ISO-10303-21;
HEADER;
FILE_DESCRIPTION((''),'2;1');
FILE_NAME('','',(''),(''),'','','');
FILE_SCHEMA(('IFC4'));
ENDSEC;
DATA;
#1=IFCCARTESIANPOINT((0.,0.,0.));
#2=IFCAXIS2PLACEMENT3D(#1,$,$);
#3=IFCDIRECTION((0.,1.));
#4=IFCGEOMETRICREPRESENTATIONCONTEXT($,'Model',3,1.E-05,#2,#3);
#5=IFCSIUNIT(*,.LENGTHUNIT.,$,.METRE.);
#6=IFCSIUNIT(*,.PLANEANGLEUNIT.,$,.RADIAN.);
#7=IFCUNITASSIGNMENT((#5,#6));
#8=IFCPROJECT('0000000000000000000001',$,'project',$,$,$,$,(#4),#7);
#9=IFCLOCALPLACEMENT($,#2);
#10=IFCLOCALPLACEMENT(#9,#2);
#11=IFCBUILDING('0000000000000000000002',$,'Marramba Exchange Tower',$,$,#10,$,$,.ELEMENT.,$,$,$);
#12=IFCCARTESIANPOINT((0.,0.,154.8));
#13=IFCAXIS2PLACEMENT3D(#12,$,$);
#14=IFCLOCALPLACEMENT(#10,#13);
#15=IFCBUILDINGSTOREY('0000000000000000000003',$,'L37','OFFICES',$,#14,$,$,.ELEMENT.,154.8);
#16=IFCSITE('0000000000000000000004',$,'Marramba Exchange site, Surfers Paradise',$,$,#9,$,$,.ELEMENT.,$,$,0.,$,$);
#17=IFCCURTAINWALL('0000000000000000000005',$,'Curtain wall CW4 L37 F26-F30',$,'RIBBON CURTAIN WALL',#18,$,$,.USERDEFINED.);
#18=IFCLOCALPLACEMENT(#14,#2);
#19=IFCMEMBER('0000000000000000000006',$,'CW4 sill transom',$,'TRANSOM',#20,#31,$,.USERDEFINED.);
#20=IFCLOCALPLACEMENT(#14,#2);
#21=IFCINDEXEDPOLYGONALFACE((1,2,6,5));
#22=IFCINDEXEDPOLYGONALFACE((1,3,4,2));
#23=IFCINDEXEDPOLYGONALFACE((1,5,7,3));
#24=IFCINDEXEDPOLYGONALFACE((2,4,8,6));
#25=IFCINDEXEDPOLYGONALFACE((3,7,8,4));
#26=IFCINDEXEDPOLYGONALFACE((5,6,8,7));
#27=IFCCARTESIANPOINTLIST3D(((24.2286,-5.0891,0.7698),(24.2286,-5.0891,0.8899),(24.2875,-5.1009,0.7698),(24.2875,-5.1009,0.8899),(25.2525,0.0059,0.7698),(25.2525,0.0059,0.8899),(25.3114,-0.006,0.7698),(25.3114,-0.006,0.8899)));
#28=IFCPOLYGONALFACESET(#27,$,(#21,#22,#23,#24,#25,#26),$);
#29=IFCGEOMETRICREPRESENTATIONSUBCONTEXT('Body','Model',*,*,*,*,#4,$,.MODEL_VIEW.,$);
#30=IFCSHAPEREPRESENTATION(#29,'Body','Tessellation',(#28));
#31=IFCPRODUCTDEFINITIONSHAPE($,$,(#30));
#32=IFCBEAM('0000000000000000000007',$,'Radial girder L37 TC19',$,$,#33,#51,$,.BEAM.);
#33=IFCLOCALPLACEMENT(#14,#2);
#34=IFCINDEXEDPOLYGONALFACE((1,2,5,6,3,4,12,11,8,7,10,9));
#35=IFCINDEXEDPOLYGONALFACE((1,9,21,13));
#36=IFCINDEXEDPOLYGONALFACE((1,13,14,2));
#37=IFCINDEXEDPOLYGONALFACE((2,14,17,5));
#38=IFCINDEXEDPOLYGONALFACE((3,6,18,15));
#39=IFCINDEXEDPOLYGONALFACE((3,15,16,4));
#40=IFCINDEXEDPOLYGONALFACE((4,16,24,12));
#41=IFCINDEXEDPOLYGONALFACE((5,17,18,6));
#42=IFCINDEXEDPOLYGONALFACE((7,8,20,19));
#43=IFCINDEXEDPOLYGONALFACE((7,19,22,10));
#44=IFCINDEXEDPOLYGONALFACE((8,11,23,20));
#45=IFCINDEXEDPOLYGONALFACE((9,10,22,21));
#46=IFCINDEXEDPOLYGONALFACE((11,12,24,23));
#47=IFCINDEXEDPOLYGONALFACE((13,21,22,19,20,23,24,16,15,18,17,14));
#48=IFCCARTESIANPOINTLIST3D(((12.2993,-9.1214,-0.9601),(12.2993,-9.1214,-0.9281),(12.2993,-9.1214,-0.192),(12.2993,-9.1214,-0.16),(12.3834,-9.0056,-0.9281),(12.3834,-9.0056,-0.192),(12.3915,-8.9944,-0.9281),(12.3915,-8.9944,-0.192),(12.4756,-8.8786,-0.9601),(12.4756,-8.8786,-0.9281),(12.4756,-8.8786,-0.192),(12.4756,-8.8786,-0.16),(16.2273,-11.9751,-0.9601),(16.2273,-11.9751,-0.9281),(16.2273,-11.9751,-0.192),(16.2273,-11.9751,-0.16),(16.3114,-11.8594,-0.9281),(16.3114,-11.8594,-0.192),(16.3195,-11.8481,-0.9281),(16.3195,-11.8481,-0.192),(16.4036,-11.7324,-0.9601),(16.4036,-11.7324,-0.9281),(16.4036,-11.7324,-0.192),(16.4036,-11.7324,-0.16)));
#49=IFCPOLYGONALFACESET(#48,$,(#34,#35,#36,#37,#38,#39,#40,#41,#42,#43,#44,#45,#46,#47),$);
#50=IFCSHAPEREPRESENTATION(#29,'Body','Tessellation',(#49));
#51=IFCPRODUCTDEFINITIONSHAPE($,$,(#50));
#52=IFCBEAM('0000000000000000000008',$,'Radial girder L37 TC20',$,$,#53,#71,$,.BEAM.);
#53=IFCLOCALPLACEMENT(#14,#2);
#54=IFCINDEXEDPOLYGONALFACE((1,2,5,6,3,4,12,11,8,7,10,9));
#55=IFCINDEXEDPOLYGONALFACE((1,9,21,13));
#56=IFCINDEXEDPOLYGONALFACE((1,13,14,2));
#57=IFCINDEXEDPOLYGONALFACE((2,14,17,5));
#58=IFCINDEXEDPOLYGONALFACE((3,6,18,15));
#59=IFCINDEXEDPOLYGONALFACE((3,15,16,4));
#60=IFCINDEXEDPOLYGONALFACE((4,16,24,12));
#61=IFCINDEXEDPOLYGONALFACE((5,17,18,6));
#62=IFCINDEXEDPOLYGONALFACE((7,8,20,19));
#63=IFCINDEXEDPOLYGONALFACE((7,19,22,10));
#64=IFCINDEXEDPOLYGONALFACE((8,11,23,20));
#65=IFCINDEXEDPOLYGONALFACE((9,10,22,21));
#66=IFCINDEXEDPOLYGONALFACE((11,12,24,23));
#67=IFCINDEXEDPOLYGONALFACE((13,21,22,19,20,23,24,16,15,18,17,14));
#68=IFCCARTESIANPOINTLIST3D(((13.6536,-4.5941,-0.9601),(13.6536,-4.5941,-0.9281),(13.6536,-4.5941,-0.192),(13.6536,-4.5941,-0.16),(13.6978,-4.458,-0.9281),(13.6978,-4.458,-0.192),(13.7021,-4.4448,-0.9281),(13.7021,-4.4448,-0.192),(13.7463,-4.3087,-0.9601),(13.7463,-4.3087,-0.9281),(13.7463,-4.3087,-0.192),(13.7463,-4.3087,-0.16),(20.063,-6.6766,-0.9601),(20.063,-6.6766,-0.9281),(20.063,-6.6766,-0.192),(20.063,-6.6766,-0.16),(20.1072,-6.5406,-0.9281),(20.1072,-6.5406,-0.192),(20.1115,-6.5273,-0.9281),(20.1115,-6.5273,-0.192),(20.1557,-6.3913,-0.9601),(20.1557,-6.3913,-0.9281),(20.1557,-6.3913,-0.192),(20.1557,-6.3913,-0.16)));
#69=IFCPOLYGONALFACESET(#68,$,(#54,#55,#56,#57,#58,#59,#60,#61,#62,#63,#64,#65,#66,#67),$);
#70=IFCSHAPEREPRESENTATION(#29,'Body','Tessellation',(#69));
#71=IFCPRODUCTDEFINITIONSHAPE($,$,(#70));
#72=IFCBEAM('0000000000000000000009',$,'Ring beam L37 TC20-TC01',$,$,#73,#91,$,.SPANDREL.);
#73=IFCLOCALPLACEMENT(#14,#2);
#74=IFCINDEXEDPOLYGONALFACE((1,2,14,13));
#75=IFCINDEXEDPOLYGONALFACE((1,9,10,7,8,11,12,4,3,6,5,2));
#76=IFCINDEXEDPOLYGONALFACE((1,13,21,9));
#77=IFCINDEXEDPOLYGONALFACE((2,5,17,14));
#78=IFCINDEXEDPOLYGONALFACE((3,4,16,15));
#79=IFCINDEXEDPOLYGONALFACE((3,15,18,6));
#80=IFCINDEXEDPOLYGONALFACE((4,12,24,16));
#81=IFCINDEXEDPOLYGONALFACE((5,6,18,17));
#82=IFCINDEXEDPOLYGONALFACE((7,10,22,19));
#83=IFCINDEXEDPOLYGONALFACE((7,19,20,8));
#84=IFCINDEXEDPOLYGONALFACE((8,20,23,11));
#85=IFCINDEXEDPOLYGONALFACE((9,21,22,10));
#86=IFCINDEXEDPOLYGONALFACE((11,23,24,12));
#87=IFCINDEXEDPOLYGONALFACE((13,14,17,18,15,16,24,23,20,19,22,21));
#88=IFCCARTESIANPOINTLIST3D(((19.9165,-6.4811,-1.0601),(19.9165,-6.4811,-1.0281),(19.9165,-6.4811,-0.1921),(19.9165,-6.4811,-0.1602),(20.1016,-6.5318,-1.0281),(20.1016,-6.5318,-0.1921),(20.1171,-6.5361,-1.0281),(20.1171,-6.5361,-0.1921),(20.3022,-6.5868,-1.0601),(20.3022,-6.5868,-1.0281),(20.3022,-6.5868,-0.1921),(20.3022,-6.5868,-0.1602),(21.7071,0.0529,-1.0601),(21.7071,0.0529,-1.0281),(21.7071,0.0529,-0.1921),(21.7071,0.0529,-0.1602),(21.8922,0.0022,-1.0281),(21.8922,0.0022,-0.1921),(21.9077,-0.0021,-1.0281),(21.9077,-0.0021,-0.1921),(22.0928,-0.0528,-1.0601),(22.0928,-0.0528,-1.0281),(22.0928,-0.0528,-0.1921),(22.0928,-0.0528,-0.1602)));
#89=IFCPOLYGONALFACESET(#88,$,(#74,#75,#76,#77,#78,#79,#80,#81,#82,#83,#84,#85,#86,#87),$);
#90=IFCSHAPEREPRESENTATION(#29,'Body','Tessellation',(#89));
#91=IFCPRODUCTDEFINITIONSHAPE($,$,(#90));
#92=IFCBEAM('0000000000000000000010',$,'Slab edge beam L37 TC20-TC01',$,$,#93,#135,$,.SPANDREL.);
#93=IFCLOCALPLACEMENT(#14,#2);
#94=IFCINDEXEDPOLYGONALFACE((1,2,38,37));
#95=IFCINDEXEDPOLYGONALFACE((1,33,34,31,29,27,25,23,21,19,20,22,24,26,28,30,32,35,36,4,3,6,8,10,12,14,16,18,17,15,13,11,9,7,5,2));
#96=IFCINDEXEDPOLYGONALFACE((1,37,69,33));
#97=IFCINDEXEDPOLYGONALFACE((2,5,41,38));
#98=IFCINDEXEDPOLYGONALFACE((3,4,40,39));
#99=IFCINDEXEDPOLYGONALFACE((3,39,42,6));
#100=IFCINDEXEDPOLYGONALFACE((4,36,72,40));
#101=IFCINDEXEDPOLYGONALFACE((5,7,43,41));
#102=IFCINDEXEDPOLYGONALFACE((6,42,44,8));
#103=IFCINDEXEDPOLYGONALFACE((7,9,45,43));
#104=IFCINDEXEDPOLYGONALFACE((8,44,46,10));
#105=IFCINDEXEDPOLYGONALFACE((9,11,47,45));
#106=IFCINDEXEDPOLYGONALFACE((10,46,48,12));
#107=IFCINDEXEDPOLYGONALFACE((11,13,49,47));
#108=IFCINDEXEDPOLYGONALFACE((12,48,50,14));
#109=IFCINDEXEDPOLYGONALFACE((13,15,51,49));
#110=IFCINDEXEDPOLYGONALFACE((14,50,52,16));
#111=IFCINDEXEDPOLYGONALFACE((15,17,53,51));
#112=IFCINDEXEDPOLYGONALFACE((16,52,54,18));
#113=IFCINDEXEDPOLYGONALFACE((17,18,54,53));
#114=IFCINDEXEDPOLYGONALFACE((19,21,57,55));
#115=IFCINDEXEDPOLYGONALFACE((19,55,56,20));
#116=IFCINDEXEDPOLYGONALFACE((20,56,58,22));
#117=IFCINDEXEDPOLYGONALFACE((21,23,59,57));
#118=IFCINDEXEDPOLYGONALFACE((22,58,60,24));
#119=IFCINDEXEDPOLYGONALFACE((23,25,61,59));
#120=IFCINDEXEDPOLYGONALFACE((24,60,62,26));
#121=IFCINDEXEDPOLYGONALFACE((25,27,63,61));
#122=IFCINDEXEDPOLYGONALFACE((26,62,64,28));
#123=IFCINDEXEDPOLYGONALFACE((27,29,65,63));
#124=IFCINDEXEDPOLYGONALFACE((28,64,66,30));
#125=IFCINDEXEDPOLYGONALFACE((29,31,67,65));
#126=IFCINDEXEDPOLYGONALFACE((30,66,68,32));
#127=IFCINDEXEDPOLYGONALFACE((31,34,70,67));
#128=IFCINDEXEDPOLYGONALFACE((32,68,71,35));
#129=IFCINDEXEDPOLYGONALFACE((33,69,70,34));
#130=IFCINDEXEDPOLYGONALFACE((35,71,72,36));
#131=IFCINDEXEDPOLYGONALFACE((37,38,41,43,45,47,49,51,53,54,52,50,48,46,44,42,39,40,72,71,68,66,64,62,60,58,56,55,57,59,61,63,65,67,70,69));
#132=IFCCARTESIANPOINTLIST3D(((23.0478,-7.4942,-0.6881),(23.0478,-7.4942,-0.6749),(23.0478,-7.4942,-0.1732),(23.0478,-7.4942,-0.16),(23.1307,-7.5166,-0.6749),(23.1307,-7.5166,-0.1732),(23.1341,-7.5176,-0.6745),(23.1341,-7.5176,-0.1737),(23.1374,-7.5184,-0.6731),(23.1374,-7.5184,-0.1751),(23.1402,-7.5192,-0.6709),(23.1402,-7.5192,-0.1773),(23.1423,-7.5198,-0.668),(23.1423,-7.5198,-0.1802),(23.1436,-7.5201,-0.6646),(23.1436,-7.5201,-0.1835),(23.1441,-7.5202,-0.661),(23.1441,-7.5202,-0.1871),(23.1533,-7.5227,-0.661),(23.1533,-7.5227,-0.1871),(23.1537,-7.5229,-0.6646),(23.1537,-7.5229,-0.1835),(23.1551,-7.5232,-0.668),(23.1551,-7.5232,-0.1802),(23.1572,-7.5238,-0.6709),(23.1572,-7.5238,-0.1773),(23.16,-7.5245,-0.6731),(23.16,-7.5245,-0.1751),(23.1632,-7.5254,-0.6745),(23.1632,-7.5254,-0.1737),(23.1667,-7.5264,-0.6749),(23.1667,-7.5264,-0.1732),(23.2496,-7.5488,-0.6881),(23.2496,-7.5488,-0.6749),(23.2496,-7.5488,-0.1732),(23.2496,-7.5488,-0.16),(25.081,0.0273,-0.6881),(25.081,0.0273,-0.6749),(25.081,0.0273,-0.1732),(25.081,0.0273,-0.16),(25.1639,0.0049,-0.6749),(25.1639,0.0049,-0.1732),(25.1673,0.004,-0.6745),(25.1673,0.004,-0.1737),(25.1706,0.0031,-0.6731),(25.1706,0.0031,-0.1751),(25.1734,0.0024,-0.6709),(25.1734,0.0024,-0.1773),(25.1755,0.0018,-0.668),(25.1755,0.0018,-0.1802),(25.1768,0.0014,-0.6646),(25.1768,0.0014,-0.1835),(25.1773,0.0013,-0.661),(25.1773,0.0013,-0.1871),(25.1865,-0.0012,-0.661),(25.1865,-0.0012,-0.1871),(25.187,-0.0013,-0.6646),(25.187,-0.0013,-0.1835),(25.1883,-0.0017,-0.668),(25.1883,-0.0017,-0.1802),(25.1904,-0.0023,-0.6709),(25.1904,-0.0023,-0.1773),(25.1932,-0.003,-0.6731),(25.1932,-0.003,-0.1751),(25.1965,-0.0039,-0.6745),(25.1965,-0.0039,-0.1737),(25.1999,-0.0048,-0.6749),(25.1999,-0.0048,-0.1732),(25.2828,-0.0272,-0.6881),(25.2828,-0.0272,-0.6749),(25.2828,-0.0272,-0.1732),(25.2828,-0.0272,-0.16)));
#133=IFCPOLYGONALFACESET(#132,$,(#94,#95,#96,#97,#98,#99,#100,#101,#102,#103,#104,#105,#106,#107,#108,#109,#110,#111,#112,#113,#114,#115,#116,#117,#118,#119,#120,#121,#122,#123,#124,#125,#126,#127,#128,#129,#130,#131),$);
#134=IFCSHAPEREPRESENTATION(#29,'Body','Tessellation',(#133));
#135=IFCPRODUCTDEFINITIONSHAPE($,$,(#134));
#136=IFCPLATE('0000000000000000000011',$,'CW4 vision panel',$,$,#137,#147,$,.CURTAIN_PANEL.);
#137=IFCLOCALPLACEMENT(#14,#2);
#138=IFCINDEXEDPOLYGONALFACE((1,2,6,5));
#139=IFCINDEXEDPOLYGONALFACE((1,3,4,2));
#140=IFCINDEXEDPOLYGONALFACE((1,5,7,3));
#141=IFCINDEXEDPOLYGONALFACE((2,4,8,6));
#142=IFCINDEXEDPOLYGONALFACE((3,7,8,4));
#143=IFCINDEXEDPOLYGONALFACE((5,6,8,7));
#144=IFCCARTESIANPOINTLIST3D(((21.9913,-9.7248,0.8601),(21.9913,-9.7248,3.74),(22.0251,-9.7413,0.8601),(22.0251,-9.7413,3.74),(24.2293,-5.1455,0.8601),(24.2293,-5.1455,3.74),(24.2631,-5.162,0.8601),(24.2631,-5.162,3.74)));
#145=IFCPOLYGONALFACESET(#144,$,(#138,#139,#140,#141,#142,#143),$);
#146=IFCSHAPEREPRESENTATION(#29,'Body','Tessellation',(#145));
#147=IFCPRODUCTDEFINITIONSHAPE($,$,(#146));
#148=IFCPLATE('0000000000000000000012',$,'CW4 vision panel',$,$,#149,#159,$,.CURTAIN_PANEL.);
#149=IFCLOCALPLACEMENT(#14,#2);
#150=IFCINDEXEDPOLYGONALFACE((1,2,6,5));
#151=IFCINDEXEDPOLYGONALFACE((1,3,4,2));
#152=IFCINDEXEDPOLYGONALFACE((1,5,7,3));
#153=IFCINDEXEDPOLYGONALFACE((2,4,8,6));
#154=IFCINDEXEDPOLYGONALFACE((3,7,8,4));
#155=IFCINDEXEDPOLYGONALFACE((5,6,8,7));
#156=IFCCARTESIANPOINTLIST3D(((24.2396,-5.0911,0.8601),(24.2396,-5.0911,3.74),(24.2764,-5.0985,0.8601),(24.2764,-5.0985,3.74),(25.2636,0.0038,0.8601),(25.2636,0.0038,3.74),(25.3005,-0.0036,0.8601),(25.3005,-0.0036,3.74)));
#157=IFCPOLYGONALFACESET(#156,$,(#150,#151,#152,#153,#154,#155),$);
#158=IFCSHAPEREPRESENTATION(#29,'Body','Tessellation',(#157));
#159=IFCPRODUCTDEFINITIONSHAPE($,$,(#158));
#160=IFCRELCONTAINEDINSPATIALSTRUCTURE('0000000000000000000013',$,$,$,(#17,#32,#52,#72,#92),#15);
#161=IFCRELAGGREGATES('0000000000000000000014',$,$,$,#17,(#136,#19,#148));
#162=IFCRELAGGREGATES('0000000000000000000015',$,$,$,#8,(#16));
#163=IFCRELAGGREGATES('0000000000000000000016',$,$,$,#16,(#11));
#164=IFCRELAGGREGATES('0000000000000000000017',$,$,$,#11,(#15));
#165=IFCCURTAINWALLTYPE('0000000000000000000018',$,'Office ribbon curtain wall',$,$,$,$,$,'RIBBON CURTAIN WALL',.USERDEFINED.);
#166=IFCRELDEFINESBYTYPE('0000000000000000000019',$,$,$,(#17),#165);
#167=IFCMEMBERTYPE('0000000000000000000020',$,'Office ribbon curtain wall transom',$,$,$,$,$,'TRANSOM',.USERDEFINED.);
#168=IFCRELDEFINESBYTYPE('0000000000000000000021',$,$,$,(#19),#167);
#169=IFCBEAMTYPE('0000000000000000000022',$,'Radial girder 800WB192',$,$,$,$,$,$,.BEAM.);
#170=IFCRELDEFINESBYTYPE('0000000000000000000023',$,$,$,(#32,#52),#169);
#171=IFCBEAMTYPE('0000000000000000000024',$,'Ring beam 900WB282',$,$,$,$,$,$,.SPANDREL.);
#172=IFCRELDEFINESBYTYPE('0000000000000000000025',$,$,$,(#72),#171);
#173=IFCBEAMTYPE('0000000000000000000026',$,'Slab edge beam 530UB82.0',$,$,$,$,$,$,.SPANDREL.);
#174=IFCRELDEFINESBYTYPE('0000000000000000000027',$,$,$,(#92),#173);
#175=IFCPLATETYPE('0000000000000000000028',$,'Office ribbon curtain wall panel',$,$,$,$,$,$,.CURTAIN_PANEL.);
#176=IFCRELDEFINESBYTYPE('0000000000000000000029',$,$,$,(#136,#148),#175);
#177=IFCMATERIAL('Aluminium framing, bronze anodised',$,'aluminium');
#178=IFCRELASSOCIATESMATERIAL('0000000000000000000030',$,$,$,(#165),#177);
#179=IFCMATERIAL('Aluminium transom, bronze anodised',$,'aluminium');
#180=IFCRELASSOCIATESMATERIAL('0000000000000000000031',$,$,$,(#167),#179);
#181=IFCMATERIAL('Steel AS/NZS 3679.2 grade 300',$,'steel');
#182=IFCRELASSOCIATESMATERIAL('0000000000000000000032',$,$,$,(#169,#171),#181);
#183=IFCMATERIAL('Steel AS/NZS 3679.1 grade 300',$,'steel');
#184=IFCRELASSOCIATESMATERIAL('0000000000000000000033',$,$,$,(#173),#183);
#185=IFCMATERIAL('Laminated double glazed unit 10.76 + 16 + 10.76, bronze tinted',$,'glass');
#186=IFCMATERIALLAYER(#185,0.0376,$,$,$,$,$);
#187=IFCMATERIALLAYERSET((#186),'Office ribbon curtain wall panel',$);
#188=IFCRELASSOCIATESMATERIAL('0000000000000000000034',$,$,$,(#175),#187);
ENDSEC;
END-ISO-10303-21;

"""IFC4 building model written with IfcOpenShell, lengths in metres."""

from ifc_helpers import new_model, si_unit, direction, frame, origin, origin_2d, place, context, subcontext, project, spatial, rectangle, i_section, extrude, material, layer, layer_set, material_profile, profile_set, type_object, element, aggregate, save


model = new_model("IFC4")

# Units and contexts
model_context = context("Model", 3, precision=1e-05, world=origin(), true_north=direction((0.0, 1.0)))
body_context = subcontext(model_context, "Body", "Model", "MODEL_VIEW")
ifc_project = project(units=[si_unit("LENGTHUNIT", "METRE"), si_unit("PLANEANGLEUNIT", "RADIAN")], contexts=[model_context])

# Site, building, storey
site_placement = place(None, origin())
site = spatial("IfcSite", under=ifc_project, at=site_placement, Name="Marramba Exchange site, Surfers Paradise", CompositionType="ELEMENT", RefElevation=0.0)
building_placement = place(site_placement, origin())
building = spatial("IfcBuilding", under=site, at=building_placement, Name="Marramba Exchange Tower", CompositionType="ELEMENT")
storey_placement = place(building_placement, frame((0.0, 0.0, 154.8)))
storey = spatial("IfcBuildingStorey", under=building, at=storey_placement, Name="L37", Description="OFFICES", CompositionType="ELEMENT", Elevation=154.8)

# Shared definitions
ifc_material_1 = material(Name="Steel AS/NZS 3679.2 grade 300", Category="steel")
ifc_material_2 = material(Name="Steel AS/NZS 3679.1 grade 300", Category="steel")

# Curtain wall, member
ifc_material_3 = material(Name="Aluminium framing, bronze anodised", Category="aluminium")
curtain_wall_type = type_object("IfcCurtainWallType", Name="Office ribbon curtain wall", ElementType="RIBBON CURTAIN WALL", PredefinedType="USERDEFINED", material=ifc_material_3)
curtain_wall_placement = place(storey_placement, origin())
curtain_wall = element("IfcCurtainWall", 1, at=curtain_wall_placement, inside=storey, type_object=curtain_wall_type, Name="Curtain wall CW4 L37 F26-F30", ObjectType="RIBBON CURTAIN WALL", PredefinedType="USERDEFINED")
ifc_material_4 = material(Name="Aluminium transom, bronze anodised", Category="aluminium")
ifc_material_profile_1 = material_profile(ifc_material_4, rectangle(XDim=0.0601, YDim=0.1201, at=origin_2d()), Name="CW4 transom 60x120")
ifc_profile_set_1 = profile_set([ifc_material_profile_1], Name="Aluminium transom, bronze anodised")
member_type_1 = type_object("IfcMemberType", Name="Office ribbon curtain wall transom", ElementType="TRANSOM", PredefinedType="USERDEFINED", material=ifc_profile_set_1)
member_1_placement = place(storey_placement, frame((24.2581, -5.095, 0.8298), z_axis=(0.197029, 0.980398, 0.0), x_axis=(-0.980398, 0.197029, 0.0)))
member_1 = element("IfcMember", 2, at=member_1_placement, type_object=member_type_1, Name="CW4 sill transom", ObjectType="TRANSOM", PredefinedType="USERDEFINED", context=body_context, shape_type="SweptSolid", body=[
    extrude(rectangle(XDim=0.0601, YDim=0.1201, at=origin_2d()), origin(), (0.0, 0.0, 1.0), 5.1968),
])

# Beams
ifc_material_profile_2 = material_profile(ifc_material_1, i_section(OverallWidth=0.3, OverallDepth=0.8, WebThickness=0.0139, FlangeThickness=0.032, at=origin_2d()), Name="800WB192")
ifc_profile_set_2 = profile_set([ifc_material_profile_2], Name="Steel AS/NZS 3679.2 grade 300")
beam_type_1 = type_object("IfcBeamType", Name="Radial girder 800WB192", PredefinedType="BEAM", material=ifc_profile_set_2)
beam_1_placement = place(storey_placement, frame((12.3875, -9.0, -0.5601), z_axis=(0.809025, -0.587774, 0.0), x_axis=(0.587774, 0.809025, 0.0)))
element("IfcBeam", 3, at=beam_1_placement, inside=storey, type_object=beam_type_1, Name="Radial girder L37 TC19", PredefinedType="BEAM", context=body_context, shape_type="SweptSolid", body=[
    extrude(i_section(OverallWidth=0.3, OverallDepth=0.8, WebThickness=0.0139, FlangeThickness=0.032, at=origin_2d()), origin(), (0.0, 0.0, 1.0), 4.8552),
])
beam_2_placement = place(storey_placement, frame((13.7, -4.4514, -0.5601), z_axis=(0.951058, -0.309013, 0.0), x_axis=(0.309013, 0.951058, 0.0)))
element("IfcBeam", 4, at=beam_2_placement, inside=storey, type_object=beam_type_1, Name="Radial girder L37 TC20", PredefinedType="BEAM", context=body_context, shape_type="SweptSolid", body=[
    extrude(i_section(OverallWidth=0.3, OverallDepth=0.8, WebThickness=0.0139, FlangeThickness=0.032, at=origin_2d()), origin(), (0.0, 0.0, 1.0), 6.7393),
])
ifc_material_profile_3 = material_profile(ifc_material_1, i_section(OverallWidth=0.3999, OverallDepth=0.8999, WebThickness=0.0161, FlangeThickness=0.032, at=origin_2d()), Name="900WB282")
ifc_profile_set_3 = profile_set([ifc_material_profile_3], Name="Steel AS/NZS 3679.2 grade 300")
beam_type_2 = type_object("IfcBeamType", Name="Ring beam 900WB282", PredefinedType="SPANDREL", material=ifc_profile_set_3)
beam_3_placement = place(storey_placement, frame((20.1094, -6.5339, -0.6101), z_axis=(0.264291, 0.964443, 0.0), x_axis=(-0.964443, 0.264291, 0.0)))
element("IfcBeam", 5, at=beam_3_placement, inside=storey, type_object=beam_type_2, Name="Ring beam L37 TC20-TC01", PredefinedType="SPANDREL", context=body_context, shape_type="SweptSolid", body=[
    extrude(i_section(OverallWidth=0.3999, OverallDepth=0.8999, WebThickness=0.0161, FlangeThickness=0.032, at=origin_2d()), origin(), (0.0, 0.0, 1.0), 6.7749),
])
ifc_material_profile_4 = material_profile(ifc_material_2, i_section(OverallWidth=0.209, OverallDepth=0.5281, WebThickness=0.0095, FlangeThickness=0.0132, FilletRadius=0.0139, at=origin_2d()), Name="530UB82.0")
ifc_profile_set_4 = profile_set([ifc_material_profile_4], Name="Steel AS/NZS 3679.1 grade 300")
beam_type_3 = type_object("IfcBeamType", Name="Slab edge beam 530UB82.0", PredefinedType="SPANDREL", material=ifc_profile_set_4)
beam_4_placement = place(storey_placement, frame((23.1487, -7.5215, -0.4241), z_axis=(0.260953, 0.965351, 0.0), x_axis=(-0.965351, 0.260953, 0.0)))
element("IfcBeam", 6, at=beam_4_placement, inside=storey, type_object=beam_type_3, Name="Slab edge beam L37 TC20-TC01", PredefinedType="SPANDREL", context=body_context, shape_type="SweptSolid", body=[
    extrude(i_section(OverallWidth=0.209, OverallDepth=0.5281, WebThickness=0.0095, FlangeThickness=0.0132, FilletRadius=0.0139, at=origin_2d()), origin(), (0.0, 0.0, 1.0), 7.7915),
])

# Plates
ifc_material_5 = material(Name="Laminated double glazed unit 10.76 + 16 + 10.76, bronze tinted", Category="glass")
ifc_layer_1 = layer(ifc_material_5, 0.0376)
ifc_layer_set_1 = layer_set([ifc_layer_1], Name="Office ribbon curtain wall panel")
plate_type = type_object("IfcPlateType", Name="Office ribbon curtain wall panel", PredefinedType="CURTAIN_PANEL", material=ifc_layer_set_1)
plate_1_placement = place(storey_placement, frame((23.1272, -7.4434, 0.8601), z_axis=(0.0, 0.0, 1.0), x_axis=(0.439086, 0.898445, 0.0)))
plate_1 = element("IfcPlate", 7, at=plate_1_placement, type_object=plate_type, Name="CW4 vision panel", PredefinedType="CURTAIN_PANEL", context=body_context, shape_type="SweptSolid", body=[
    extrude(rectangle(XDim=5.0969, YDim=0.0376, at=origin_2d()), origin(), (0.0, 0.0, 1.0), 2.8799),
])
plate_2_placement = place(storey_placement, frame((24.77, -2.5474, 0.8601), z_axis=(0.0, 0.0, 1.0), x_axis=(0.197049, 0.980394, 0.0)))
plate_2 = element("IfcPlate", 8, at=plate_2_placement, type_object=plate_type, Name="CW4 vision panel", PredefinedType="CURTAIN_PANEL", context=body_context, shape_type="SweptSolid", body=[
    extrude(rectangle(XDim=5.1968, YDim=0.0376, at=origin_2d()), origin(), (0.0, 0.0, 1.0), 2.8799),
])
aggregate(curtain_wall, [plate_1, member_1, plate_2])

save(model, "model.ifc")
